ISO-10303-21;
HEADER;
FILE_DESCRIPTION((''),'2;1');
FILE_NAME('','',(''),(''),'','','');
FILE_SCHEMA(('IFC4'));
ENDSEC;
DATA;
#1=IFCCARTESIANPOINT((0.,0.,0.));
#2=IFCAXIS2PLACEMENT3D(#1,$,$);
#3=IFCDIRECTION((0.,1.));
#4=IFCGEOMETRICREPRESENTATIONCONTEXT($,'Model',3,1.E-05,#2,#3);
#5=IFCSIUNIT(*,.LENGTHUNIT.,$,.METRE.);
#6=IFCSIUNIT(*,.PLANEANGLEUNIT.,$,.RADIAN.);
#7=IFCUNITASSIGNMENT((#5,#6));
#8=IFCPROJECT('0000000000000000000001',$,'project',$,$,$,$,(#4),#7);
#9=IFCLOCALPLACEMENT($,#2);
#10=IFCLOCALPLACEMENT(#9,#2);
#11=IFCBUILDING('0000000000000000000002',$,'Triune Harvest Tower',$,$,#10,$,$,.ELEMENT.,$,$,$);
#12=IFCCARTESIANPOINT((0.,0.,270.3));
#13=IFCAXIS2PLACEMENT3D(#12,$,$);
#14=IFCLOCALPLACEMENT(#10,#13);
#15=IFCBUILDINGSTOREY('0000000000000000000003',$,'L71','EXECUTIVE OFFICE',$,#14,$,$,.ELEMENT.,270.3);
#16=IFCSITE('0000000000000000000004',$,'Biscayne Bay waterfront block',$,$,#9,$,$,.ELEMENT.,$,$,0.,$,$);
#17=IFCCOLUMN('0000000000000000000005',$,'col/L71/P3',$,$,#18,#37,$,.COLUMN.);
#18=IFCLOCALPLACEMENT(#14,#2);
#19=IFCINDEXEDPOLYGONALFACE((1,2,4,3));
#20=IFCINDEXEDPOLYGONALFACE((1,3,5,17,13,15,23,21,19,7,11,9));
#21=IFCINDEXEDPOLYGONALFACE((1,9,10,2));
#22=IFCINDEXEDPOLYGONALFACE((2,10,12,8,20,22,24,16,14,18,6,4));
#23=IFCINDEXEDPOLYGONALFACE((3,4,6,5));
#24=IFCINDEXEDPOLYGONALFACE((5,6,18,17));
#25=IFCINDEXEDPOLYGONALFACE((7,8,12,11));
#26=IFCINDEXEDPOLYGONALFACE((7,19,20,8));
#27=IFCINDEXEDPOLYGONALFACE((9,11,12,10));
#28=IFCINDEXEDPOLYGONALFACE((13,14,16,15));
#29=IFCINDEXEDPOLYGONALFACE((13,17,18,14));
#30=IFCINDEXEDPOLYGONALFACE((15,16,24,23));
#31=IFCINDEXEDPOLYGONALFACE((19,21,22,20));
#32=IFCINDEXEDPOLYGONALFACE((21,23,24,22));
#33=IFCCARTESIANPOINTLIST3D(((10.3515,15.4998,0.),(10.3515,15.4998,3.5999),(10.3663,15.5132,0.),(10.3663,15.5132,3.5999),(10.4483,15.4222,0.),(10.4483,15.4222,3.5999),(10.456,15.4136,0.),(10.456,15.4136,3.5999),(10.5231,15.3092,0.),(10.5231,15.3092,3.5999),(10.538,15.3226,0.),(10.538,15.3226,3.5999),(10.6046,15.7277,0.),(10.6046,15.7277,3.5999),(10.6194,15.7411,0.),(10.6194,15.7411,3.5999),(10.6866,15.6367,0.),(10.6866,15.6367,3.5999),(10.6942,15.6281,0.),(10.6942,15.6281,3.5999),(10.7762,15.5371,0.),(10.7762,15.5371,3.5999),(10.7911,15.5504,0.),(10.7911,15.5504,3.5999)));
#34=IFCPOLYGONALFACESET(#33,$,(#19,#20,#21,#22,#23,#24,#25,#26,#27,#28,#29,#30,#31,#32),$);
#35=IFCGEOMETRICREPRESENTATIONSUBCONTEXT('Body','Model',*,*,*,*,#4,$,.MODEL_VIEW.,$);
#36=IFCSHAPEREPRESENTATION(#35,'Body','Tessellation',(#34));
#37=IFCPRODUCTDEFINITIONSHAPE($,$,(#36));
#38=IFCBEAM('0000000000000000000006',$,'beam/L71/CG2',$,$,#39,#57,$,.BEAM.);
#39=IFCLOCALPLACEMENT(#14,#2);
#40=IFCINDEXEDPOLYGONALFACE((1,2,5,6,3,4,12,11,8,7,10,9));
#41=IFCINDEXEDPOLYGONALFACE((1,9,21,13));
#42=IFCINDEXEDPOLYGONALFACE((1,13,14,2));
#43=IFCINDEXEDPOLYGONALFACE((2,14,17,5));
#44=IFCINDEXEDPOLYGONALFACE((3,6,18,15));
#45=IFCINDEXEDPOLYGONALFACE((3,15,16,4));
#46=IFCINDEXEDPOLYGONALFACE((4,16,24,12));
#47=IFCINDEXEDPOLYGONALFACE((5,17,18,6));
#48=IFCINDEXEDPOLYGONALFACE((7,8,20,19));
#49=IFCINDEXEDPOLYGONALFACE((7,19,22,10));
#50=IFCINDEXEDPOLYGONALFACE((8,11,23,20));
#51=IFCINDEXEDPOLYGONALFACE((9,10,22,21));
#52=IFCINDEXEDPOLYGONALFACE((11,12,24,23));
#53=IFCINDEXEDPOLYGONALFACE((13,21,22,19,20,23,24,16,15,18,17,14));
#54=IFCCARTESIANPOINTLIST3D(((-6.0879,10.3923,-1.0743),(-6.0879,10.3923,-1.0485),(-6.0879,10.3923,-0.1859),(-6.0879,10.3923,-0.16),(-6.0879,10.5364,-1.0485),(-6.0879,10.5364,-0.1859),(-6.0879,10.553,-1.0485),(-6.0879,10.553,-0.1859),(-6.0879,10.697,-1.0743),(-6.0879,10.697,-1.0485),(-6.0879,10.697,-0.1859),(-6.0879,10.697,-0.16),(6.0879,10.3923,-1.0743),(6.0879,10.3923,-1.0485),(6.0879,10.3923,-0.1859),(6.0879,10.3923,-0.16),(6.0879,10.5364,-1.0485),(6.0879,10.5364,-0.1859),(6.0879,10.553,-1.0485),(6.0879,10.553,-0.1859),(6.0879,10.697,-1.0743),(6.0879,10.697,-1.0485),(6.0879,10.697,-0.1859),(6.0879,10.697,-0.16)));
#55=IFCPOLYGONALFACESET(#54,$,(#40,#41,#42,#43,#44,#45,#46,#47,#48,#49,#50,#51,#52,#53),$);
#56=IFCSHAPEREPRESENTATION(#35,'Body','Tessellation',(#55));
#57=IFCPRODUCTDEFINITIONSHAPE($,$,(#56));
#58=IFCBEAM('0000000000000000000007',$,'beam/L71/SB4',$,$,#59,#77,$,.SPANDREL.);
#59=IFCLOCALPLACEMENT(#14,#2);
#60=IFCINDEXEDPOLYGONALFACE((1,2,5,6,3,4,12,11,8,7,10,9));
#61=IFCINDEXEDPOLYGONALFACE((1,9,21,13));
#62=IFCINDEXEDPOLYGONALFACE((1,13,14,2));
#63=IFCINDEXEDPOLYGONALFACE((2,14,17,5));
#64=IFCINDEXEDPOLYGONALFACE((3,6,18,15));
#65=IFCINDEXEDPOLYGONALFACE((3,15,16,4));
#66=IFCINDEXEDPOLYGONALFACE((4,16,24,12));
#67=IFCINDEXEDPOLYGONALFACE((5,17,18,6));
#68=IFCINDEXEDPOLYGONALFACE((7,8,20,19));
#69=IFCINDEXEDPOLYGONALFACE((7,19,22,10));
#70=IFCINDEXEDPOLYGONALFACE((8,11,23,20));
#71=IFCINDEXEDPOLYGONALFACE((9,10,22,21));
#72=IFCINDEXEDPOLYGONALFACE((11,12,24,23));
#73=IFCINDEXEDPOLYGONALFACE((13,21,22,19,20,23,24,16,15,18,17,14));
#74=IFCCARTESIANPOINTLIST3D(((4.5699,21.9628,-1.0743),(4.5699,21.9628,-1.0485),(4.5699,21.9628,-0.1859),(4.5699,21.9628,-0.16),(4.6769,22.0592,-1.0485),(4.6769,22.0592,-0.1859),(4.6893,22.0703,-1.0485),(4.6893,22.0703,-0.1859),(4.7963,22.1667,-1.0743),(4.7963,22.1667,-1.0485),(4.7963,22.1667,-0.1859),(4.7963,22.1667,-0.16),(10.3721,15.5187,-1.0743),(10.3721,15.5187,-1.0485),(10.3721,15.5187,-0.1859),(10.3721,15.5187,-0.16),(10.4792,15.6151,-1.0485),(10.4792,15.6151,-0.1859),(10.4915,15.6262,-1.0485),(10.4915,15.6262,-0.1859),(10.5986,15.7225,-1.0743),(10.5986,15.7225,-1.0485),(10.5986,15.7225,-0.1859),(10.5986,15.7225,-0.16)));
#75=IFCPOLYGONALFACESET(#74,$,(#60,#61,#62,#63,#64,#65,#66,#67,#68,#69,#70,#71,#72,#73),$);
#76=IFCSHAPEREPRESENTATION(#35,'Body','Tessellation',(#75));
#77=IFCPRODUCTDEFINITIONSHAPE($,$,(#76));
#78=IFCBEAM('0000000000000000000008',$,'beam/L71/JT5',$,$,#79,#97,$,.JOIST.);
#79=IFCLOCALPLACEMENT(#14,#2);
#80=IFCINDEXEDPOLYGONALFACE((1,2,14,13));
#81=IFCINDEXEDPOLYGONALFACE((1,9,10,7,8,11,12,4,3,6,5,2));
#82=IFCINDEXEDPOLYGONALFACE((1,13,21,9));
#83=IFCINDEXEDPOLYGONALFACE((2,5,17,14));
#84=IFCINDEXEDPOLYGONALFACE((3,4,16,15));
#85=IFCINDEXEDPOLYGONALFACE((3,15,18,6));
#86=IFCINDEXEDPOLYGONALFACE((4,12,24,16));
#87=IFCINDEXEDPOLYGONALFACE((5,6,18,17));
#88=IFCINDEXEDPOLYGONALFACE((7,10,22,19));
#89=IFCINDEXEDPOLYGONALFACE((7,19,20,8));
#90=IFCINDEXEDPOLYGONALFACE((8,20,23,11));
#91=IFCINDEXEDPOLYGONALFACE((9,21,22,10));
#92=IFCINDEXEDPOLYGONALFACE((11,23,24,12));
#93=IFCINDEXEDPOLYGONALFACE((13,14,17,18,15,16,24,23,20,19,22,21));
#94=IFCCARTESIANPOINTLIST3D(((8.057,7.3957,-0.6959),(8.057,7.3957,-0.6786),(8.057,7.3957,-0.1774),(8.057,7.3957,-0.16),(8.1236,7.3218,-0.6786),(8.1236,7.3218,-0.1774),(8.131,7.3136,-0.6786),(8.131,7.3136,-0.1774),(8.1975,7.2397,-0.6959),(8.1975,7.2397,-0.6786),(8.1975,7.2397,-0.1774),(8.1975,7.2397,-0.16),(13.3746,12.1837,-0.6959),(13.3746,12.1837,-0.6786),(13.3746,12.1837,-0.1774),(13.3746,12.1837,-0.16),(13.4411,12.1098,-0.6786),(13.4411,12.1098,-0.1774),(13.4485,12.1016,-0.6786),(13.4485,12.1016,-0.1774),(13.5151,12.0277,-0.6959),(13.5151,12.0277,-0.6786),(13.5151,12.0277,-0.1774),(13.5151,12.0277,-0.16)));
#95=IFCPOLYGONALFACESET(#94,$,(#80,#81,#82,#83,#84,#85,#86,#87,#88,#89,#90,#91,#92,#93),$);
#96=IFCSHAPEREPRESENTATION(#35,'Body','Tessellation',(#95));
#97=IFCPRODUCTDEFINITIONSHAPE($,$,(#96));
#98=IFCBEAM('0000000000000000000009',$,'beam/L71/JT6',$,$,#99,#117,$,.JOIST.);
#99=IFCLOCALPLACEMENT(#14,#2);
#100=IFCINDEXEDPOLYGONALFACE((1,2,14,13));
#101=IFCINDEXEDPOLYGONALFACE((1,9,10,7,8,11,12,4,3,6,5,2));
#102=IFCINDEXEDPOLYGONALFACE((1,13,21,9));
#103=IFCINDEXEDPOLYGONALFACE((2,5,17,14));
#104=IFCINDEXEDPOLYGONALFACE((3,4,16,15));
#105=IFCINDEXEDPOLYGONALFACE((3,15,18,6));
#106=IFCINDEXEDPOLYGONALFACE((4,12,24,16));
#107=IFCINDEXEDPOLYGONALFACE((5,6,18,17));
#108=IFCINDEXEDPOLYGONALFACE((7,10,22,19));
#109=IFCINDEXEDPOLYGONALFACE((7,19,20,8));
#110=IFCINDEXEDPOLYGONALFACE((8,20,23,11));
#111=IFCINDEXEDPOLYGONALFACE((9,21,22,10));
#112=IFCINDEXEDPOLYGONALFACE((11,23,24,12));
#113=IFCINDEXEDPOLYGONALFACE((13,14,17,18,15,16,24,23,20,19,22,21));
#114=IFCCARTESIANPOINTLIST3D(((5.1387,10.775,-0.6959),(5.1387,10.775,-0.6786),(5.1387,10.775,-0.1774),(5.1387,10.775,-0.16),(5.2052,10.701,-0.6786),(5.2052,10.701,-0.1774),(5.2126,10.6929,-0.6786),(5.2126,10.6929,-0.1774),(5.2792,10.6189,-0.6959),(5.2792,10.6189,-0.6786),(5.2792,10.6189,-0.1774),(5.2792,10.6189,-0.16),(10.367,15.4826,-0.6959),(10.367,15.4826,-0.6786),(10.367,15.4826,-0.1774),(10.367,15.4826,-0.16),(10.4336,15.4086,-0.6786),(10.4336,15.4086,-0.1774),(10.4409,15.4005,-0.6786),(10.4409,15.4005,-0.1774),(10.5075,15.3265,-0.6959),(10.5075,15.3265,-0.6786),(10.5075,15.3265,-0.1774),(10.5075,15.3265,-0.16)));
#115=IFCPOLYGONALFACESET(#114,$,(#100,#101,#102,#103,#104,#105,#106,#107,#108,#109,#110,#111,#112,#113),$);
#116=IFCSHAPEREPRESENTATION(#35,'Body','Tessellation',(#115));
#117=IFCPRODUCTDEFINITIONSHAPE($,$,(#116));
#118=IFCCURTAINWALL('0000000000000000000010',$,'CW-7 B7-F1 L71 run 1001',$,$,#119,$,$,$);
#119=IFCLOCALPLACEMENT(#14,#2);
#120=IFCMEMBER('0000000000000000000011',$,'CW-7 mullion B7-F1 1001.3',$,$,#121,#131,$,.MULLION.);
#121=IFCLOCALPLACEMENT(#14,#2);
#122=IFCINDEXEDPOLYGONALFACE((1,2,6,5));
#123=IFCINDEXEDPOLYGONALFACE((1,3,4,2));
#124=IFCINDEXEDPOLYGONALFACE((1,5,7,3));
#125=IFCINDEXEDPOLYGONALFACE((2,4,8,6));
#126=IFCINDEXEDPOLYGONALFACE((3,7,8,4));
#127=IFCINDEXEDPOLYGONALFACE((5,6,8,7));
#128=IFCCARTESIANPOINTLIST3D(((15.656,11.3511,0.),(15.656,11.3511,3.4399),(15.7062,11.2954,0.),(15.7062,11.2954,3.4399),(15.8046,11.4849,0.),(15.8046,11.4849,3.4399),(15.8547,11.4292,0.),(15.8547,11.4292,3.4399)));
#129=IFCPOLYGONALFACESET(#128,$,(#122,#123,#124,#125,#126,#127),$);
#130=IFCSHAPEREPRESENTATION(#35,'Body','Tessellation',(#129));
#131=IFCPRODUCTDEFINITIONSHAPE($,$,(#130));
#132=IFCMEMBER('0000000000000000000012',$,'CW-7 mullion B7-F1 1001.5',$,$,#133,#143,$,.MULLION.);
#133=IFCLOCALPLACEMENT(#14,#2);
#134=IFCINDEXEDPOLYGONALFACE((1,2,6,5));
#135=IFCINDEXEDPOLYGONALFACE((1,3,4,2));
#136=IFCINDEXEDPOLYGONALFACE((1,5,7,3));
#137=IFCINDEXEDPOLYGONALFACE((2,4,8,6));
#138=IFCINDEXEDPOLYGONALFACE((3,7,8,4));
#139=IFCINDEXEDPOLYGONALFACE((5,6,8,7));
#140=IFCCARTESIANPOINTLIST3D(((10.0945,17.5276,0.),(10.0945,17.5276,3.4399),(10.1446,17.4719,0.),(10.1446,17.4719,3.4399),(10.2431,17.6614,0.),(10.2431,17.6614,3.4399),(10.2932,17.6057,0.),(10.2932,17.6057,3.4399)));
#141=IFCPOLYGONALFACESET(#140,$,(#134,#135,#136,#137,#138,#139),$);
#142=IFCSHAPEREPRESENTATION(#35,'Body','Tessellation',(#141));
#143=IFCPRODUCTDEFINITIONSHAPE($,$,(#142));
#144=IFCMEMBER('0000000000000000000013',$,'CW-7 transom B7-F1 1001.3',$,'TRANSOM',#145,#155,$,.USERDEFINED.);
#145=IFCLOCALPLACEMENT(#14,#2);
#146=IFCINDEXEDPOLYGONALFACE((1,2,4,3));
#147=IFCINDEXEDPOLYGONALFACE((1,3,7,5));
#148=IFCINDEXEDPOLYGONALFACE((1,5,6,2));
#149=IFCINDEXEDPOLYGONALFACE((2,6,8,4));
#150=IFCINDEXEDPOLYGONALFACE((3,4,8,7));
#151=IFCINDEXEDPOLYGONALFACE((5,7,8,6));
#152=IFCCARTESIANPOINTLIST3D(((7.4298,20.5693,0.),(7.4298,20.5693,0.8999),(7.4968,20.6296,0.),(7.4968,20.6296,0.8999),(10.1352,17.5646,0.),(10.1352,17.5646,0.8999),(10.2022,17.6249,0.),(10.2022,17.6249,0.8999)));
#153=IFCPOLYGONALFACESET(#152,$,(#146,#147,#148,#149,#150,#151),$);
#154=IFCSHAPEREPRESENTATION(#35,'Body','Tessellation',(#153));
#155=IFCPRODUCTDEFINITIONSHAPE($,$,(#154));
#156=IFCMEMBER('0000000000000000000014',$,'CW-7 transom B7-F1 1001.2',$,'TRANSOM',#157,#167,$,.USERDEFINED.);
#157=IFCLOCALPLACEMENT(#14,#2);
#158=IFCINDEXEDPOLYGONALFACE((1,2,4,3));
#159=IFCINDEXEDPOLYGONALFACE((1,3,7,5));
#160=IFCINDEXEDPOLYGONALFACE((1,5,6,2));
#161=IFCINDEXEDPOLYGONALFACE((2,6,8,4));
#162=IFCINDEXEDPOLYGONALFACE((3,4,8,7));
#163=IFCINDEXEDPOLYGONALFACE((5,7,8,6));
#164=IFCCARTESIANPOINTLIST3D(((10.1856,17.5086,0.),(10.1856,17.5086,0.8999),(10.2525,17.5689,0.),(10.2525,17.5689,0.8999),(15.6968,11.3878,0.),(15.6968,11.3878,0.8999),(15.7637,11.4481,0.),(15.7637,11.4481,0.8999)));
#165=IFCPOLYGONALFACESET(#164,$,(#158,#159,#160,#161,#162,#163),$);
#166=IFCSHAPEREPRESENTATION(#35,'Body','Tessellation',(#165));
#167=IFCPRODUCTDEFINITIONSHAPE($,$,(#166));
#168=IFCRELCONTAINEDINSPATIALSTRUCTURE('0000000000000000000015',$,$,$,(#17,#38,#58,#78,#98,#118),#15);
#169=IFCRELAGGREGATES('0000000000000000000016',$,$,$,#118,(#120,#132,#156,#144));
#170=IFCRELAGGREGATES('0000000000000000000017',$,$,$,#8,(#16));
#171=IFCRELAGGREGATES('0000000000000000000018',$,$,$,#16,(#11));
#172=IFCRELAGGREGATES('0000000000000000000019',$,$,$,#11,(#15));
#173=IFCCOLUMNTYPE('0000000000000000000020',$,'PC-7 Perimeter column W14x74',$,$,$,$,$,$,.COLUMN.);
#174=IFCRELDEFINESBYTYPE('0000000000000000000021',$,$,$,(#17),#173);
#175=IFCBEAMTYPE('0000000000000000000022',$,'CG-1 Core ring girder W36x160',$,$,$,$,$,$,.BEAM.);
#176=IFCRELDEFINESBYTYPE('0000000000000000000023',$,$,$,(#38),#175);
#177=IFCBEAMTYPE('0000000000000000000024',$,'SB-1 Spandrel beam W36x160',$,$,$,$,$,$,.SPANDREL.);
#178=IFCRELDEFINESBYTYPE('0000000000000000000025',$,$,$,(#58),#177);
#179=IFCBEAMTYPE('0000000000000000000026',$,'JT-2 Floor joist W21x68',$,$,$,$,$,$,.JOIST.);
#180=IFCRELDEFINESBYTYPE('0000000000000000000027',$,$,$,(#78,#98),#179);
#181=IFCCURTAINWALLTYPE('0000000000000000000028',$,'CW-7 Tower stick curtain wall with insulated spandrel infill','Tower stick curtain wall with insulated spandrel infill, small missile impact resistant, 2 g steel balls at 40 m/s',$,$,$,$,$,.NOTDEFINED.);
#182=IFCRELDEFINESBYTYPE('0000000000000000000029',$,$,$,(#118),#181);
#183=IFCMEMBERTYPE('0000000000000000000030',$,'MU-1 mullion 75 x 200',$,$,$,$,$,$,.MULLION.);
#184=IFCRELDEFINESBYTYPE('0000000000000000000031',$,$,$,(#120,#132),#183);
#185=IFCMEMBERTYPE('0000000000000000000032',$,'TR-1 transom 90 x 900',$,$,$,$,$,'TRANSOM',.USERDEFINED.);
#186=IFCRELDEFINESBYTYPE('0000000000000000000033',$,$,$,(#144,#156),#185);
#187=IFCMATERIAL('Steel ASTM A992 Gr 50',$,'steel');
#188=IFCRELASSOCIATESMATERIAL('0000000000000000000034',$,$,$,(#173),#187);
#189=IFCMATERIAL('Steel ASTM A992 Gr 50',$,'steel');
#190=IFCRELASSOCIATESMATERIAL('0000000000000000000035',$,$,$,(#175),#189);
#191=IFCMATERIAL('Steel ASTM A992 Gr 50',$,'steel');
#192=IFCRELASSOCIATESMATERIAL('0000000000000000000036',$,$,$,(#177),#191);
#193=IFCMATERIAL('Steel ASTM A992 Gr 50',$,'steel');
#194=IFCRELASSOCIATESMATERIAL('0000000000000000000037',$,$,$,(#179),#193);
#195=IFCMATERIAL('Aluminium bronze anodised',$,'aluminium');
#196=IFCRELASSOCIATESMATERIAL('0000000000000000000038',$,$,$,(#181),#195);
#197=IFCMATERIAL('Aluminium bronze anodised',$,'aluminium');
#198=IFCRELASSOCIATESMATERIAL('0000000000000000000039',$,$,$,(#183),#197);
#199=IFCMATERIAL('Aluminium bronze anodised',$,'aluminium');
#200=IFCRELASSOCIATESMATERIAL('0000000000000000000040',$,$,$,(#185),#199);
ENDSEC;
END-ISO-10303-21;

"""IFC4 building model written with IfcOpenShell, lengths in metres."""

from ifc_helpers import new_model, si_unit, direction, frame, origin, origin_2d, place, context, subcontext, project, spatial, rectangle, i_section, extrude, source, transform, mapped, material, material_profile, profile_set, type_object, element, aggregate, save


model = new_model("IFC4")

# Units and contexts
model_context = context("Model", 3, precision=1e-05, world=origin(), true_north=direction((0.0, 1.0)))
body_context = subcontext(model_context, "Body", "Model", "MODEL_VIEW")
ifc_project = project(units=[si_unit("LENGTHUNIT", "METRE"), si_unit("PLANEANGLEUNIT", "RADIAN")], contexts=[model_context])

# Site, building, storey
site_placement = place(None, origin())
site = spatial("IfcSite", under=ifc_project, at=site_placement, Name="Biscayne Bay waterfront block", CompositionType="ELEMENT", RefElevation=0.0)
building_placement = place(site_placement, origin())
building = spatial("IfcBuilding", under=site, at=building_placement, Name="Triune Harvest Tower", CompositionType="ELEMENT")
storey_placement = place(building_placement, frame((0.0, 0.0, 270.3)))
storey = spatial("IfcBuildingStorey", under=building, at=storey_placement, Name="L71", Description="EXECUTIVE OFFICE", CompositionType="ELEMENT", Elevation=270.3)

# Column
ifc_material_1 = material(Name="Steel ASTM A992 Gr 50", Category="steel")
ifc_material_profile_1 = material_profile(ifc_material_1, i_section(OverallWidth=0.2566, OverallDepth=0.3606, WebThickness=0.0115, FlangeThickness=0.02, at=origin_2d()), Name="W14x74")
ifc_profile_set_1 = profile_set([ifc_material_profile_1], Name="Steel ASTM A992 Gr 50")
column_type = type_object("IfcColumnType", Name="PC-7 Perimeter column W14x74", PredefinedType="COLUMN", material=ifc_profile_set_1)
shared_shape_1 = source(origin(), body_context, "Body", "SweptSolid", [
    extrude(i_section(OverallWidth=0.2566, OverallDepth=0.3606, WebThickness=0.0115, FlangeThickness=0.02, at=origin_2d()), origin(), (0.0, 0.0, 1.0), 3.5999),
])
column_placement = place(storey_placement, frame((10.5713, 15.5251, 0.0), z_axis=(0.0, 0.0, 1.0), x_axis=(-0.669131, 0.743145, 0.0)))
element("IfcColumn", 1, at=column_placement, inside=storey, type_object=column_type, Name="col/L71/P3", PredefinedType="COLUMN", context=body_context, shape_type="MappedRepresentation", body=[
    mapped(shared_shape_1, transform((0.0, 0.0, 0.0), scale=1.0)),
])

# Beams
ifc_material_2 = material(Name="Steel ASTM A992 Gr 50", Category="steel")
ifc_material_profile_2 = material_profile(ifc_material_2, i_section(OverallWidth=0.3047, OverallDepth=0.9143, WebThickness=0.0166, FlangeThickness=0.0259, at=origin_2d()), Name="W36x160")
ifc_profile_set_2 = profile_set([ifc_material_profile_2], Name="Steel ASTM A992 Gr 50")
beam_type_1 = type_object("IfcBeamType", Name="CG-1 Core ring girder W36x160", PredefinedType="BEAM", material=ifc_profile_set_2)
shared_shape_2 = source(origin(), body_context, "Body", "SweptSolid", [
    extrude(i_section(OverallWidth=0.3047, OverallDepth=0.9143, WebThickness=0.0166, FlangeThickness=0.0259, at=origin_2d()), origin(), (0.0, 0.0, 1.0), 12.1758),
])
beam_1_placement = place(storey_placement, frame((6.0879, 10.5447, -0.6172), z_axis=(-1.0, 0.0, 0.0), x_axis=(0.0, -1.0, 0.0)))
element("IfcBeam", 2, at=beam_1_placement, inside=storey, type_object=beam_type_1, Name="beam/L71/CG2", PredefinedType="BEAM", context=body_context, shape_type="MappedRepresentation", body=[
    mapped(shared_shape_2, transform((0.0, 0.0, 0.0), scale=1.0)),
])
ifc_material_3 = material(Name="Steel ASTM A992 Gr 50", Category="steel")
ifc_material_profile_3 = material_profile(ifc_material_3, i_section(OverallWidth=0.3047, OverallDepth=0.9143, WebThickness=0.0166, FlangeThickness=0.0259, at=origin_2d()), Name="W36x160")
ifc_profile_set_3 = profile_set([ifc_material_profile_3], Name="Steel ASTM A992 Gr 50")
beam_type_2 = type_object("IfcBeamType", Name="SB-1 Spandrel beam W36x160", PredefinedType="SPANDREL", material=ifc_profile_set_3)
shared_shape_3 = source(origin(), body_context, "Body", "SweptSolid", [
    extrude(i_section(OverallWidth=0.3047, OverallDepth=0.9143, WebThickness=0.0166, FlangeThickness=0.0259, at=origin_2d()), origin(), (0.0, 0.0, 1.0), 8.6714),
])
beam_2_placement = place(storey_placement, frame((10.4854, 15.6206, -0.6172), z_axis=(-0.669128, 0.743147, 0.0), x_axis=(-0.743147, -0.669128, 0.0)))
element("IfcBeam", 3, at=beam_2_placement, inside=storey, type_object=beam_type_2, Name="beam/L71/SB4", PredefinedType="SPANDREL", context=body_context, shape_type="MappedRepresentation", body=[
    mapped(shared_shape_3, transform((0.0, 0.0, 0.0), scale=1.0)),
])
ifc_material_4 = material(Name="Steel ASTM A992 Gr 50", Category="steel")
ifc_material_profile_4 = material_profile(ifc_material_4, i_section(OverallWidth=0.21, OverallDepth=0.5359, WebThickness=0.011, FlangeThickness=0.0173, at=origin_2d()), Name="W21x68")
ifc_profile_set_4 = profile_set([ifc_material_profile_4], Name="Steel ASTM A992 Gr 50")
beam_type_3 = type_object("IfcBeamType", Name="JT-2 Floor joist W21x68", PredefinedType="JOIST", material=ifc_profile_set_4)
shared_shape_4 = source(origin(), body_context, "Body", "SweptSolid", [
    extrude(i_section(OverallWidth=0.21, OverallDepth=0.5359, WebThickness=0.011, FlangeThickness=0.0173, at=origin_2d()), origin(), (0.0, 0.0, 1.0), 7.1555),
])
beam_3_placement = place(storey_placement, frame((13.4448, 12.1057, -0.428), z_axis=(-0.74314, -0.669136, 0.0), x_axis=(0.669136, -0.74314, 0.0)))
element("IfcBeam", 4, at=beam_3_placement, inside=storey, type_object=beam_type_3, Name="beam/L71/JT5", PredefinedType="JOIST", context=body_context, shape_type="MappedRepresentation", body=[
    mapped(shared_shape_4, transform((0.0, 0.0, 0.0), scale=1.0)),
])
shared_shape_5 = source(origin(), body_context, "Body", "SweptSolid", [
    extrude(i_section(OverallWidth=0.21, OverallDepth=0.5359, WebThickness=0.011, FlangeThickness=0.0173, at=origin_2d()), origin(), (0.0, 0.0, 1.0), 7.0354),
])
beam_4_placement = place(storey_placement, frame((10.4373, 15.4045, -0.428), z_axis=(-0.743147, -0.669128, 0.0), x_axis=(0.669128, -0.743147, 0.0)))
element("IfcBeam", 5, at=beam_4_placement, inside=storey, type_object=beam_type_3, Name="beam/L71/JT6", PredefinedType="JOIST", context=body_context, shape_type="MappedRepresentation", body=[
    mapped(shared_shape_5, transform((0.0, 0.0, 0.0), scale=1.0)),
])

# Curtain wall, members
ifc_material_5 = material(Name="Aluminium bronze anodised", Category="aluminium")
curtain_wall_type = type_object("IfcCurtainWallType", Name="CW-7 Tower stick curtain wall with insulated spandrel infill", Description="Tower stick curtain wall with insulated spandrel infill, small missile impact resistant, 2 g steel balls at 40 m/s", PredefinedType="NOTDEFINED", material=ifc_material_5)
curtain_wall_placement = place(storey_placement, origin())
curtain_wall = element("IfcCurtainWall", 6, at=curtain_wall_placement, inside=storey, type_object=curtain_wall_type, Name="CW-7 B7-F1 L71 run 1001")
ifc_material_6 = material(Name="Aluminium bronze anodised", Category="aluminium")
ifc_material_profile_5 = material_profile(ifc_material_6, rectangle(XDim=0.2, YDim=0.075, at=origin_2d()), Name="MU-1 mullion 75 x 200")
ifc_profile_set_5 = profile_set([ifc_material_profile_5], Name="Aluminium bronze anodised")
member_type_1 = type_object("IfcMemberType", Name="MU-1 mullion 75 x 200", PredefinedType="MULLION", material=ifc_profile_set_5)
shared_shape_6 = source(origin(), body_context, "Body", "SweptSolid", [
    extrude(rectangle(XDim=0.2, YDim=0.075, at=origin_2d()), origin(), (0.0, 0.0, 1.0), 3.4399),
])
member_1_placement = place(storey_placement, frame((15.7554, 11.3901, 0.0), z_axis=(0.0, 0.0, 1.0), x_axis=(-0.743144, -0.669131, 0.0)))
member_1 = element("IfcMember", 7, at=member_1_placement, type_object=member_type_1, Name="CW-7 mullion B7-F1 1001.3", PredefinedType="MULLION", context=body_context, shape_type="MappedRepresentation", body=[
    mapped(shared_shape_6, transform((0.0, 0.0, 0.0), scale=1.0)),
])
member_2_placement = place(storey_placement, frame((10.1938, 17.5667, 0.0), z_axis=(0.0, 0.0, 1.0), x_axis=(-0.743144, -0.669131, 0.0)))
member_2 = element("IfcMember", 8, at=member_2_placement, type_object=member_type_1, Name="CW-7 mullion B7-F1 1001.5", PredefinedType="MULLION", context=body_context, shape_type="MappedRepresentation", body=[
    mapped(shared_shape_6, transform((0.0, 0.0, 0.0), scale=1.0)),
])
ifc_material_7 = material(Name="Aluminium bronze anodised", Category="aluminium")
ifc_material_profile_6 = material_profile(ifc_material_7, rectangle(XDim=0.0901, YDim=0.8999, at=origin_2d()), Name="TR-1 transom 90 x 900")
ifc_profile_set_6 = profile_set([ifc_material_profile_6], Name="Aluminium bronze anodised")
member_type_2 = type_object("IfcMemberType", Name="TR-1 transom 90 x 900", ElementType="TRANSOM", PredefinedType="USERDEFINED", material=ifc_profile_set_6)
shared_shape_7 = source(origin(), body_context, "Body", "SweptSolid", [
    extrude(rectangle(XDim=0.0901, YDim=0.8999, at=origin_2d()), origin(), (0.0, 0.0, 1.0), 4.0432),
])
member_3_placement = place(storey_placement, frame((10.1687, 17.5947, 0.45), z_axis=(-0.669122, 0.743153, 0.0), x_axis=(-0.743153, -0.669122, 0.0)))
member_3 = element("IfcMember", 9, at=member_3_placement, type_object=member_type_2, Name="CW-7 transom B7-F1 1001.3", ObjectType="TRANSOM", PredefinedType="USERDEFINED", context=body_context, shape_type="MappedRepresentation", body=[
    mapped(shared_shape_7, transform((0.0, 0.0, 0.0), scale=1.0)),
])
shared_shape_8 = source(origin(), body_context, "Body", "SweptSolid", [
    extrude(rectangle(XDim=0.0901, YDim=0.8999, at=origin_2d()), origin(), (0.0, 0.0, 1.0), 8.2363),
])
member_4_placement = place(storey_placement, frame((15.7302, 11.418, 0.45), z_axis=(-0.66913, 0.743145, 0.0), x_axis=(-0.743145, -0.66913, 0.0)))
member_4 = element("IfcMember", 10, at=member_4_placement, type_object=member_type_2, Name="CW-7 transom B7-F1 1001.2", ObjectType="TRANSOM", PredefinedType="USERDEFINED", context=body_context, shape_type="MappedRepresentation", body=[
    mapped(shared_shape_8, transform((0.0, 0.0, 0.0), scale=1.0)),
])
aggregate(curtain_wall, [member_1, member_2, member_4, member_3])

save(model, "model.ifc")
